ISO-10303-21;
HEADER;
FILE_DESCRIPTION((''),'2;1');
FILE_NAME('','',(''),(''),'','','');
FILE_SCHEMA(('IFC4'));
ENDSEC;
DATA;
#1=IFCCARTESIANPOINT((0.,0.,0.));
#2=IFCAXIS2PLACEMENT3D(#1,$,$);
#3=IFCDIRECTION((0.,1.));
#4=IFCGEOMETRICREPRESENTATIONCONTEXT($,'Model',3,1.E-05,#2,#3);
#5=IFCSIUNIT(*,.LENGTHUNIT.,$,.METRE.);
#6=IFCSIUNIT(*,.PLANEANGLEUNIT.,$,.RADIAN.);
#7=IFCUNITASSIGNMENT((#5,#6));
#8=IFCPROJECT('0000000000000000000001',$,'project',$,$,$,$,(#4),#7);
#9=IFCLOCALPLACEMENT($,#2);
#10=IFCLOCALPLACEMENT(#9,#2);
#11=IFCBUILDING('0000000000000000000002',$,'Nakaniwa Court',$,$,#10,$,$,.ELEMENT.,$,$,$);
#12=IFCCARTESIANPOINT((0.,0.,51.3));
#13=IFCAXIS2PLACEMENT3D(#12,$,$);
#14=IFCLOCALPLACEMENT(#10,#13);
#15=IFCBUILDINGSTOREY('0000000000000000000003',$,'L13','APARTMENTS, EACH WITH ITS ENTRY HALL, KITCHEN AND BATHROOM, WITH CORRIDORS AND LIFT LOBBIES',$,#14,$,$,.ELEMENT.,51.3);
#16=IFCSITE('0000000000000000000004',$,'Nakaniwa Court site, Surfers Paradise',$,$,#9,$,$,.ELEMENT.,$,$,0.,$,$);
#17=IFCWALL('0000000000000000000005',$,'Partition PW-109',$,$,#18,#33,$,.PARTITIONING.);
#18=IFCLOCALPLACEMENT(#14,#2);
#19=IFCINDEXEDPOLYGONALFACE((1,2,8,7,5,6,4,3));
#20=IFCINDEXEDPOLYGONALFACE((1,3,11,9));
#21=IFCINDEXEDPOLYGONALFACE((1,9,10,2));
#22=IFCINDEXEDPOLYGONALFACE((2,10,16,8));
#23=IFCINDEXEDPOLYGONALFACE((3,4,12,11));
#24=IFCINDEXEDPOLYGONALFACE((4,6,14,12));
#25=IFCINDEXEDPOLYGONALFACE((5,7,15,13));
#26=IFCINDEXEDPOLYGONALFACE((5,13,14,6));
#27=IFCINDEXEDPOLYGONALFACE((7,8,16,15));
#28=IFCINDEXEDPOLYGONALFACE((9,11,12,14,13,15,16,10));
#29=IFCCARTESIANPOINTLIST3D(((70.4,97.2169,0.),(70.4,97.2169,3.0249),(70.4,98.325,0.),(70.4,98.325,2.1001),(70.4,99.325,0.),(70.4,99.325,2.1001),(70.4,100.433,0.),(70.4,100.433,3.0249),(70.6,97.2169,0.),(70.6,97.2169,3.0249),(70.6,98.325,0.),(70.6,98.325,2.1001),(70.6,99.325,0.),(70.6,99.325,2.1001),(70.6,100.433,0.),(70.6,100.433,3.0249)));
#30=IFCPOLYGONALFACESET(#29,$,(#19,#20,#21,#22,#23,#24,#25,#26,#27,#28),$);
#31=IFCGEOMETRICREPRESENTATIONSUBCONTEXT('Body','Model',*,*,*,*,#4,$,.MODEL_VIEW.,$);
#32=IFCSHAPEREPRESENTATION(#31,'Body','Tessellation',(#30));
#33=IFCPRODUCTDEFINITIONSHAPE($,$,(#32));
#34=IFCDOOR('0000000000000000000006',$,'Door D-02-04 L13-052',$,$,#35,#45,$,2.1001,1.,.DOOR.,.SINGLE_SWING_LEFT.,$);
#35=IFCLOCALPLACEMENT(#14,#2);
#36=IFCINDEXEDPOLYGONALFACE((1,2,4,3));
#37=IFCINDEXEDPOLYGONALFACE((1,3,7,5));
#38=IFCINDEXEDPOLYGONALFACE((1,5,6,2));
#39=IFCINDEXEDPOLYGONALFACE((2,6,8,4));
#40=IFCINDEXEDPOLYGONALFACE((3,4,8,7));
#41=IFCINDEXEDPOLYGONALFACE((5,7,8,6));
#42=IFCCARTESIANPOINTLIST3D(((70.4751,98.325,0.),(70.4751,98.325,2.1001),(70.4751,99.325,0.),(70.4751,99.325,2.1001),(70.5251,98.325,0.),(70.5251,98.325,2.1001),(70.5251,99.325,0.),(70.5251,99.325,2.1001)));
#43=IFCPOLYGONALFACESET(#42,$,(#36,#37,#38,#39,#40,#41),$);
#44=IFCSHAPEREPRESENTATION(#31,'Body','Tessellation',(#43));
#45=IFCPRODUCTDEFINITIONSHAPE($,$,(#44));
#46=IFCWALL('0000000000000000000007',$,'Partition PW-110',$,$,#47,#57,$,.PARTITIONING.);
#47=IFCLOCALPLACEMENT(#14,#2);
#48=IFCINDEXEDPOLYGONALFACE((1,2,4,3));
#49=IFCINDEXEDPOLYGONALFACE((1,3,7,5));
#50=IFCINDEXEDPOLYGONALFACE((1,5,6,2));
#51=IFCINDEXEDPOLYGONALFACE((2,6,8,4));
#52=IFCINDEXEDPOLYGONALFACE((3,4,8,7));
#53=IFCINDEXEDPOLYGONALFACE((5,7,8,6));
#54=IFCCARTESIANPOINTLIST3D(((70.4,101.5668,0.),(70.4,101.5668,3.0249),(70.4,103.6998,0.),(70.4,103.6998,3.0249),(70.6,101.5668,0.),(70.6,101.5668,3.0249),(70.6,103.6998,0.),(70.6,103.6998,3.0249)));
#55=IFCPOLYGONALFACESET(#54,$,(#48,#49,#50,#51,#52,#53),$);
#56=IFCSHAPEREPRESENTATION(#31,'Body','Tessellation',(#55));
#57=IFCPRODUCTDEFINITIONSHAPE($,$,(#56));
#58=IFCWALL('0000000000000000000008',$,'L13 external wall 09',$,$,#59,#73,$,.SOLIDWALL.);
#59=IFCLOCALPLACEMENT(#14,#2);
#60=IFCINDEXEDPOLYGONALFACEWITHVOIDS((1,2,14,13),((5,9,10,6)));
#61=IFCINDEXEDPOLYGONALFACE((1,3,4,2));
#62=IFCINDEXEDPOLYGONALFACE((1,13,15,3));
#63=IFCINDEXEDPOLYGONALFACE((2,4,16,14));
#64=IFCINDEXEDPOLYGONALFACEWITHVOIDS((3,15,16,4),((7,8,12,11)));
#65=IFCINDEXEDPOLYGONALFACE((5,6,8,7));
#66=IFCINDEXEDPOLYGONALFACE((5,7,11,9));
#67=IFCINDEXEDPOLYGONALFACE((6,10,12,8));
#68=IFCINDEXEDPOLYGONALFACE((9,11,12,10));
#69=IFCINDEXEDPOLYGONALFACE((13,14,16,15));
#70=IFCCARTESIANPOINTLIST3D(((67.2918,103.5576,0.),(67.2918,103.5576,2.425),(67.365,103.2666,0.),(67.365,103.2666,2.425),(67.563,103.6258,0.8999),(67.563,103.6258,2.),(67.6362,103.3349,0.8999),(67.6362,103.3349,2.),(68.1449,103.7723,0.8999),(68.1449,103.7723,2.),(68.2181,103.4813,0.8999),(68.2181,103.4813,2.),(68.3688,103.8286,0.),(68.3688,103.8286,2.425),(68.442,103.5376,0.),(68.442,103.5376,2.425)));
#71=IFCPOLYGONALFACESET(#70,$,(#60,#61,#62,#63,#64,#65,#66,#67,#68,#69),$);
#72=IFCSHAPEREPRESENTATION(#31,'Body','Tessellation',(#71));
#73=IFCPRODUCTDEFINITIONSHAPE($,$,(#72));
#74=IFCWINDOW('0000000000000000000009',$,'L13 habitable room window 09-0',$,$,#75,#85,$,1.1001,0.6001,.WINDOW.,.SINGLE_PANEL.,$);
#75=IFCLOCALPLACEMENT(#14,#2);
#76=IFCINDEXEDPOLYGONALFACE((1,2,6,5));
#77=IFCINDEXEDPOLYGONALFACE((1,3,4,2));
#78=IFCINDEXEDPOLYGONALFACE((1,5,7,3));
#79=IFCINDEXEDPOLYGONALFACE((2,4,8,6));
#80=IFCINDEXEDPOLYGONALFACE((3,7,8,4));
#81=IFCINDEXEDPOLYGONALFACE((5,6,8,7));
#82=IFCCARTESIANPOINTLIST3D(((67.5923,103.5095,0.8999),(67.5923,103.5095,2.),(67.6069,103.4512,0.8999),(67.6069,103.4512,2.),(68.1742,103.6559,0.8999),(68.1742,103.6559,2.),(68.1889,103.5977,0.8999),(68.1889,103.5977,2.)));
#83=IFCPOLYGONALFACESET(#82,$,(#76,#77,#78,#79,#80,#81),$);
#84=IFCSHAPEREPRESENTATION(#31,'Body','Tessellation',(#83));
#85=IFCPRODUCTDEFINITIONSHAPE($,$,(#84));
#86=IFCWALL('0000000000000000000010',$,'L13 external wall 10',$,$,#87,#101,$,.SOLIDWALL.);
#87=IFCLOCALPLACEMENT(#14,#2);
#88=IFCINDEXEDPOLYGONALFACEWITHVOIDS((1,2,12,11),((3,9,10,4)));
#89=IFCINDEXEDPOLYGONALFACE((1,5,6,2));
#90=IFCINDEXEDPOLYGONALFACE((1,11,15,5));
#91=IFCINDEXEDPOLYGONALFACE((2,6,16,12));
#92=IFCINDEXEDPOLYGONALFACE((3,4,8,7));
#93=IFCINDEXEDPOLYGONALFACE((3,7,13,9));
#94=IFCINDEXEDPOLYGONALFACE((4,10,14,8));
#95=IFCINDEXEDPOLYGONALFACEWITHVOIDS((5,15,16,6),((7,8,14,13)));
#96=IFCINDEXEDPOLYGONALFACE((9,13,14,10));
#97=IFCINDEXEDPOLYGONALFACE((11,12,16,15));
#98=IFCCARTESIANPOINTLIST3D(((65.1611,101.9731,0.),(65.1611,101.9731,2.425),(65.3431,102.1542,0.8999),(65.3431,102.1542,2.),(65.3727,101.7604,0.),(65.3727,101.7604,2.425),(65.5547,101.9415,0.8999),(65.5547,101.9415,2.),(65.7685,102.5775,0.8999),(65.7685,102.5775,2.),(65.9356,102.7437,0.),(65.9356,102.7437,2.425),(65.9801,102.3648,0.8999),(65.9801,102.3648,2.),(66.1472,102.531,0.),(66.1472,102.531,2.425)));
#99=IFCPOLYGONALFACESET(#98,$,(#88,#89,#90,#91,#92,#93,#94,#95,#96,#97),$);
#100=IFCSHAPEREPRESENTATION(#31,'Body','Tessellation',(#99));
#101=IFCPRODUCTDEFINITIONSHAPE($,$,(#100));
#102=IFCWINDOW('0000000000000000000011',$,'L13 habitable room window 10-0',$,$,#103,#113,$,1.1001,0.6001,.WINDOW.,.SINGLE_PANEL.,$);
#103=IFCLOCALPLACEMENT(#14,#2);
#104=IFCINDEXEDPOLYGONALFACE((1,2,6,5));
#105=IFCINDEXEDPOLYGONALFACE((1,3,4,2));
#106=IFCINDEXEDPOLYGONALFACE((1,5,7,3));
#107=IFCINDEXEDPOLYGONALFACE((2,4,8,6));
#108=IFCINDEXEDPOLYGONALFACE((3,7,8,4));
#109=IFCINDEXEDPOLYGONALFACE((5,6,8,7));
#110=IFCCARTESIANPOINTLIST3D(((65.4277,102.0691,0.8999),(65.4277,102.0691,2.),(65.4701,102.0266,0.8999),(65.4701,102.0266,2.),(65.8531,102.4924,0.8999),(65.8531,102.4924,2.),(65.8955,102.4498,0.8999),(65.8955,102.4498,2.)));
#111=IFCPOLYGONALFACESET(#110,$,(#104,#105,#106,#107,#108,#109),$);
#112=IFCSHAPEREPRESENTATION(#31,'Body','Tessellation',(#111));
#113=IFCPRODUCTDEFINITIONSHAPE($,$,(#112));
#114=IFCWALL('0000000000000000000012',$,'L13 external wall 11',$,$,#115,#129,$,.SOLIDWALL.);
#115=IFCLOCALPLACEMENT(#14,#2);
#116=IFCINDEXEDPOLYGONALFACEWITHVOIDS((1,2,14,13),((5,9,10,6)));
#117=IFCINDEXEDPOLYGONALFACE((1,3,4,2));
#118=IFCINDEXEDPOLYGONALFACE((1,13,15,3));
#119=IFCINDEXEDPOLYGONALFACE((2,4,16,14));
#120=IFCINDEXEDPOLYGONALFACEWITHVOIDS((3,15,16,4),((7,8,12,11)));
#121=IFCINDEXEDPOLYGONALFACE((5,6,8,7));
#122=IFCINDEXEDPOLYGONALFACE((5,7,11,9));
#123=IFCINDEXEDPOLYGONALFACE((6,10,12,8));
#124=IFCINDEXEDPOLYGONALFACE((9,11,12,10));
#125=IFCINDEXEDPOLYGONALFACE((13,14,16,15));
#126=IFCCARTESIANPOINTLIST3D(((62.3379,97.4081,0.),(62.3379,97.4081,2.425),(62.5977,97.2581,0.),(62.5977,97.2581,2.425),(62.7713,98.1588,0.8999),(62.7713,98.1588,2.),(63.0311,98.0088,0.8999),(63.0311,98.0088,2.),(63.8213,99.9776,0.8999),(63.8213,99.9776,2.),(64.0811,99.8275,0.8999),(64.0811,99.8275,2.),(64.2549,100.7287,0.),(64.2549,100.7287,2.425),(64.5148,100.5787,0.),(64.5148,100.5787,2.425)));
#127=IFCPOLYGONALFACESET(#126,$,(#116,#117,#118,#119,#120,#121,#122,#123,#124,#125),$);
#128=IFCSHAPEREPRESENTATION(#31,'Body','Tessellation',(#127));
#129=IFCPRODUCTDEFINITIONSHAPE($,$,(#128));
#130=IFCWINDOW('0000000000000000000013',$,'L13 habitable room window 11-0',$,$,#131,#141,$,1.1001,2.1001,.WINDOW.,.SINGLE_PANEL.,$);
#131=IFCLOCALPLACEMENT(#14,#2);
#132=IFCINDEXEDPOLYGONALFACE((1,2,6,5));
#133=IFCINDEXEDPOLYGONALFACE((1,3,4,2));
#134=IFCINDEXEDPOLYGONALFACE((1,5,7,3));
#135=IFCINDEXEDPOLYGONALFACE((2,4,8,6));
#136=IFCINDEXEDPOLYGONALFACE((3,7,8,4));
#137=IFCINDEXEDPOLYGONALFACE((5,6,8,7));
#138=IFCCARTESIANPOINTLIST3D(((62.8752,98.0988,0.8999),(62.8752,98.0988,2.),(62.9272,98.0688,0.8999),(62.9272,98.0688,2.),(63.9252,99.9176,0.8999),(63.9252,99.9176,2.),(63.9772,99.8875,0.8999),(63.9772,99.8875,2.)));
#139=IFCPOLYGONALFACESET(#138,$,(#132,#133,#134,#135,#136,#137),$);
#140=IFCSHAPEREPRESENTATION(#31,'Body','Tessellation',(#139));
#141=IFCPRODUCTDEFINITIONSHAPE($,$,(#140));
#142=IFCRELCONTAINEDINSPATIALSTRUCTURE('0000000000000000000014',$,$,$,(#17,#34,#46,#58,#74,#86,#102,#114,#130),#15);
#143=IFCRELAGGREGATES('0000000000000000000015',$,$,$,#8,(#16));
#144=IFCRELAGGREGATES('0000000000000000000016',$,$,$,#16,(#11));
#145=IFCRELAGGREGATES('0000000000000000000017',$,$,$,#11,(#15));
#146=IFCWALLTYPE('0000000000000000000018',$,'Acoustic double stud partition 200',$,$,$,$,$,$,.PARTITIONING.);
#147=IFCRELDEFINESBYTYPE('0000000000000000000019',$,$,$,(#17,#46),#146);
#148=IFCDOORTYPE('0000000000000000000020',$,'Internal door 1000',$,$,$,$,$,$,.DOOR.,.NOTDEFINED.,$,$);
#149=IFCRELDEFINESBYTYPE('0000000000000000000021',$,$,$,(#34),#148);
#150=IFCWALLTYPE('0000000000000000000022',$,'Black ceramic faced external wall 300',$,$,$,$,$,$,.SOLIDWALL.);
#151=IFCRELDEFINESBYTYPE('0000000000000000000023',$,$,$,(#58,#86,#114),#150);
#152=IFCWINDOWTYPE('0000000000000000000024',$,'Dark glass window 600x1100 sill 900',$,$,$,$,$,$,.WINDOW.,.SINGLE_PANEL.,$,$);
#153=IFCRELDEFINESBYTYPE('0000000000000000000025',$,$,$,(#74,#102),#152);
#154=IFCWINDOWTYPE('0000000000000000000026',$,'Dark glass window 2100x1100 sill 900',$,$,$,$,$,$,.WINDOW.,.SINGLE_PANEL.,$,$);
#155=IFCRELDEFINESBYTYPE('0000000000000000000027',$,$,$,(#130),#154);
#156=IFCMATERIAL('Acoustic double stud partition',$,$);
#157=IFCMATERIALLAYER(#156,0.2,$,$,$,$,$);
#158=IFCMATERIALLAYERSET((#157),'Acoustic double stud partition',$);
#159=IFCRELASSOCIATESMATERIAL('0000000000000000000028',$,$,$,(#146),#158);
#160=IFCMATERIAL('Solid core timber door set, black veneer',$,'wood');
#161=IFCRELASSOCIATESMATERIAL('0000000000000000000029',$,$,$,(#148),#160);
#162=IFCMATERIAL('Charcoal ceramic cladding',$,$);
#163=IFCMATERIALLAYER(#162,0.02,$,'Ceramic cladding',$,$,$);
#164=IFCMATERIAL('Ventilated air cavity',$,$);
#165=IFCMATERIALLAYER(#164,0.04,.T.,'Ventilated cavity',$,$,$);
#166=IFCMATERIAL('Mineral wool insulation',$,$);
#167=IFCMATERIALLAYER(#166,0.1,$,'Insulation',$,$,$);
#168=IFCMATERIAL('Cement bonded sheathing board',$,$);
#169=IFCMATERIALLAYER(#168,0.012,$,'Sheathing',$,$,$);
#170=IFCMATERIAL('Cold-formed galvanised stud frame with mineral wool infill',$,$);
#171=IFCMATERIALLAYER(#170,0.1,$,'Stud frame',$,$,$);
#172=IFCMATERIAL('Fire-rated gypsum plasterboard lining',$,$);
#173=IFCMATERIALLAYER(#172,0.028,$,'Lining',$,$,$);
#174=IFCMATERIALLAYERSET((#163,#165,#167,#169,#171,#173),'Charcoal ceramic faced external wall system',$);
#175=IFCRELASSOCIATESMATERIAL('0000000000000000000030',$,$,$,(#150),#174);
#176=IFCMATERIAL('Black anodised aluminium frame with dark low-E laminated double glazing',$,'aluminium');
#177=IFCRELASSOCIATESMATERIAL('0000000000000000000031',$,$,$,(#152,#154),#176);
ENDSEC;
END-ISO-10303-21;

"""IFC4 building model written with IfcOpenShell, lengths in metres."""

from ifc_helpers import new_model, si_unit, direction, frame, frame_2d, origin, place, context, subcontext, project, spatial, rectangle, extrude, material, layer, layer_set, type_object, element, fill, save


model = new_model("IFC4")

# Units and contexts
model_context = context("Model", 3, precision=1e-05, world=origin(), true_north=direction((0.0, 1.0)))
body_context = subcontext(model_context, "Body", "Model", "MODEL_VIEW")
ifc_project = project(units=[si_unit("LENGTHUNIT", "METRE"), si_unit("PLANEANGLEUNIT", "RADIAN")], contexts=[model_context])

# Site, building, storey
site_placement = place(None, origin())
site = spatial("IfcSite", under=ifc_project, at=site_placement, Name="Nakaniwa Court site, Surfers Paradise", CompositionType="ELEMENT", RefElevation=0.0)
building_placement = place(site_placement, origin())
building = spatial("IfcBuilding", under=site, at=building_placement, Name="Nakaniwa Court", CompositionType="ELEMENT")
storey_placement = place(building_placement, frame((0.0, 0.0, 51.3)))
storey = spatial("IfcBuildingStorey", under=building, at=storey_placement, Name="L13", Description="APARTMENTS, EACH WITH ITS ENTRY HALL, KITCHEN AND BATHROOM, WITH CORRIDORS AND LIFT LOBBIES", CompositionType="ELEMENT", Elevation=51.3)

# Shared definitions
ifc_material_1 = material(Name="Acoustic double stud partition")
ifc_layer_1 = layer(ifc_material_1, 0.2)
ifc_layer_set_1 = layer_set([ifc_layer_1], Name="Acoustic double stud partition")
wall_type_1 = type_object("IfcWallType", Name="Acoustic double stud partition 200", PredefinedType="PARTITIONING", material=ifc_layer_set_1)

# Wall, opening, door
wall_1_placement = place(storey_placement, frame((70.5, 97.217, 0.0), z_axis=(0.0, 0.0, 1.0), x_axis=(0.0, 1.0, 0.0)))
wall_1 = element("IfcWall", 1, at=wall_1_placement, inside=storey, type_object=wall_type_1, Name="Partition PW-109", PredefinedType="PARTITIONING", context=body_context, shape_type="SweptSolid", body=[
    extrude(rectangle(XDim=3.2161, YDim=0.2, at=frame_2d((1.6079, 0.0))), origin(), (0.0, 0.0, 1.0), 3.0249),
])
opening_1_placement = place(wall_1_placement, frame((1.1079, 0.0, 0.0)))
opening_1 = element("IfcOpeningElement", 2, at=opening_1_placement, cuts=wall_1, PredefinedType="OPENING", context=body_context, shape_type="SweptSolid", body=[
    extrude(rectangle(XDim=1.0, YDim=2.1001, at=frame_2d((0.5, 1.05))), frame((0.0, 0.1099, 0.0), z_axis=(0.0, -1.0, 0.0), x_axis=(1.0, 0.0, 0.0)), (0.0, 0.0, 1.0), 0.22),
])
ifc_material_2 = material(Name="Solid core timber door set, black veneer", Category="wood")
door_type = type_object("IfcDoorType", Name="Internal door 1000", OperationType="NOTDEFINED", PredefinedType="DOOR", material=ifc_material_2)
door_placement = place(opening_1_placement, origin())
door = element("IfcDoor", 3, at=door_placement, inside=storey, type_object=door_type, Name="Door D-02-04 L13-052", OperationType="SINGLE_SWING_LEFT", OverallHeight=2.1001, OverallWidth=1.0, PredefinedType="DOOR", context=body_context, shape_type="SweptSolid", body=[
    extrude(rectangle(XDim=1.0, YDim=2.1001, at=frame_2d((0.5, 1.05))), frame((0.0, 0.0249, 0.0), z_axis=(0.0, -1.0, 0.0), x_axis=(1.0, 0.0, 0.0)), (0.0, 0.0, 1.0), 0.05),
])
fill(opening_1, door)

# Wall
wall_2_placement = place(storey_placement, frame((70.5, 101.5669, 0.0), z_axis=(0.0, 0.0, 1.0), x_axis=(0.0, 1.0, 0.0)))
element("IfcWall", 4, at=wall_2_placement, inside=storey, type_object=wall_type_1, Name="Partition PW-110", PredefinedType="PARTITIONING", context=body_context, shape_type="SweptSolid", body=[
    extrude(rectangle(XDim=2.1331, YDim=0.2, at=frame_2d((1.0664, 0.0))), origin(), (0.0, 0.0, 1.0), 3.0249),
])

# Walls, openings, windows
ifc_material_3 = material(Name="Charcoal ceramic cladding")
ifc_layer_2 = layer(ifc_material_3, 0.02, Name="Ceramic cladding")
ifc_material_4 = material(Name="Ventilated air cavity")
ifc_layer_3 = layer(ifc_material_4, 0.04, ventilated=True, Name="Ventilated cavity")
ifc_material_5 = material(Name="Mineral wool insulation")
ifc_layer_4 = layer(ifc_material_5, 0.1, Name="Insulation")
ifc_material_6 = material(Name="Cement bonded sheathing board")
ifc_layer_5 = layer(ifc_material_6, 0.012, Name="Sheathing")
ifc_material_7 = material(Name="Cold-formed galvanised stud frame with mineral wool infill")
ifc_layer_6 = layer(ifc_material_7, 0.1, Name="Stud frame")
ifc_material_8 = material(Name="Fire-rated gypsum plasterboard lining")
ifc_layer_7 = layer(ifc_material_8, 0.028, Name="Lining")
ifc_layer_set_2 = layer_set([ifc_layer_2, ifc_layer_3, ifc_layer_4, ifc_layer_5, ifc_layer_6, ifc_layer_7], Name="Charcoal ceramic faced external wall system")
wall_type_2 = type_object("IfcWallType", Name="Black ceramic faced external wall 300", PredefinedType="SOLIDWALL", material=ifc_layer_set_2)
wall_3_placement = place(storey_placement, frame((68.4053, 103.6831, 0.0), z_axis=(0.0, 0.0, 1.0), x_axis=(-0.969766, -0.244036, 0.0)))
wall_3 = element("IfcWall", 5, at=wall_3_placement, inside=storey, type_object=wall_type_2, Name="L13 external wall 09", PredefinedType="SOLIDWALL", context=body_context, shape_type="SweptSolid", body=[
    extrude(rectangle(XDim=1.1106, YDim=0.3, at=frame_2d((0.5552, 0.0))), origin(), (0.0, 0.0, 1.0), 2.425),
])
opening_2_placement = place(wall_3_placement, frame((0.2307, 0.0, 0.8999)))
opening_2 = element("IfcOpeningElement", 6, at=opening_2_placement, cuts=wall_3, PredefinedType="OPENING", context=body_context, shape_type="SweptSolid", body=[
    extrude(rectangle(XDim=0.6001, YDim=1.1001, at=frame_2d((0.3, 0.55))), frame((0.0, 0.1599, 0.0), z_axis=(0.0, -1.0, 0.0), x_axis=(1.0, 0.0, 0.0)), (0.0, 0.0, 1.0), 0.3201),
])
ifc_material_9 = material(Name="Black anodised aluminium frame with dark low-E laminated double glazing", Category="aluminium")
window_type_1 = type_object("IfcWindowType", Name="Dark glass window 600x1100 sill 900", PartitioningType="SINGLE_PANEL", PredefinedType="WINDOW", material=ifc_material_9)
window_1_placement = place(opening_2_placement, origin())
window_1 = element("IfcWindow", 7, at=window_1_placement, inside=storey, type_object=window_type_1, Name="L13 habitable room window 09-0", OverallHeight=1.1001, OverallWidth=0.6001, PartitioningType="SINGLE_PANEL", PredefinedType="WINDOW", context=body_context, shape_type="SweptSolid", body=[
    extrude(rectangle(XDim=0.6001, YDim=1.1001, at=frame_2d((0.3, 0.55))), frame((0.0, 0.03, 0.0), z_axis=(0.0, -1.0, 0.0), x_axis=(1.0, 0.0, 0.0)), (0.0, 0.0, 1.0), 0.0601),
])
fill(opening_2, window_1)
wall_4_placement = place(storey_placement, frame((66.0415, 102.6375, 0.0), z_axis=(0.0, 0.0, 1.0), x_axis=(-0.708892, -0.705317, 0.0)))
wall_4 = element("IfcWall", 8, at=wall_4_placement, inside=storey, type_object=wall_type_2, Name="L13 external wall 10", PredefinedType="SOLIDWALL", context=body_context, shape_type="SweptSolid", body=[
    extrude(rectangle(XDim=1.0925, YDim=0.3, at=frame_2d((0.5464, 0.0))), origin(), (0.0, 0.0, 1.0), 2.425),
])
opening_3_placement = place(wall_4_placement, frame((0.2358, 0.0, 0.8999)))
opening_3 = element("IfcOpeningElement", 9, at=opening_3_placement, cuts=wall_4, PredefinedType="OPENING", context=body_context, shape_type="SweptSolid", body=[
    extrude(rectangle(XDim=0.6001, YDim=1.1001, at=frame_2d((0.3, 0.55))), frame((0.0, 0.1599, 0.0), z_axis=(0.0, -1.0, 0.0), x_axis=(1.0, 0.0, 0.0)), (0.0, 0.0, 1.0), 0.3201),
])
window_2_placement = place(opening_3_placement, origin())
window_2 = element("IfcWindow", 10, at=window_2_placement, inside=storey, type_object=window_type_1, Name="L13 habitable room window 10-0", OverallHeight=1.1001, OverallWidth=0.6001, PartitioningType="SINGLE_PANEL", PredefinedType="WINDOW", context=body_context, shape_type="SweptSolid", body=[
    extrude(rectangle(XDim=0.6001, YDim=1.1001, at=frame_2d((0.3, 0.55))), frame((0.0, 0.03, 0.0), z_axis=(0.0, -1.0, 0.0), x_axis=(1.0, 0.0, 0.0)), (0.0, 0.0, 1.0), 0.0601),
])
fill(opening_3, window_2)
wall_5_placement = place(storey_placement, frame((64.3848, 100.6536, 0.0), z_axis=(0.0, 0.0, 1.0), x_axis=(-0.499974, -0.86604, 0.0)))
wall_5 = element("IfcWall", 11, at=wall_5_placement, inside=storey, type_object=wall_type_2, Name="L13 external wall 11", PredefinedType="SOLIDWALL", context=body_context, shape_type="SweptSolid", body=[
    extrude(rectangle(XDim=3.8342, YDim=0.3, at=frame_2d((1.917, 0.0))), origin(), (0.0, 0.0, 1.0), 2.425),
])
opening_4_placement = place(wall_5_placement, frame((0.8672, 0.0, 0.8999)))
opening_4 = element("IfcOpeningElement", 12, at=opening_4_placement, cuts=wall_5, PredefinedType="OPENING", context=body_context, shape_type="SweptSolid", body=[
    extrude(rectangle(XDim=2.1001, YDim=1.1001, at=frame_2d((1.05, 0.55))), frame((0.0, 0.1599, 0.0), z_axis=(0.0, -1.0, 0.0), x_axis=(1.0, 0.0, 0.0)), (0.0, 0.0, 1.0), 0.3201),
])
window_type_2 = type_object("IfcWindowType", Name="Dark glass window 2100x1100 sill 900", PartitioningType="SINGLE_PANEL", PredefinedType="WINDOW", material=ifc_material_9)
window_3_placement = place(opening_4_placement, origin())
window_3 = element("IfcWindow", 13, at=window_3_placement, inside=storey, type_object=window_type_2, Name="L13 habitable room window 11-0", OverallHeight=1.1001, OverallWidth=2.1001, PartitioningType="SINGLE_PANEL", PredefinedType="WINDOW", context=body_context, shape_type="SweptSolid", body=[
    extrude(rectangle(XDim=2.1001, YDim=1.1001, at=frame_2d((1.05, 0.55))), frame((0.0, 0.03, 0.0), z_axis=(0.0, -1.0, 0.0), x_axis=(1.0, 0.0, 0.0)), (0.0, 0.0, 1.0), 0.0601),
])
fill(opening_4, window_3)

save(model, "model.ifc")
